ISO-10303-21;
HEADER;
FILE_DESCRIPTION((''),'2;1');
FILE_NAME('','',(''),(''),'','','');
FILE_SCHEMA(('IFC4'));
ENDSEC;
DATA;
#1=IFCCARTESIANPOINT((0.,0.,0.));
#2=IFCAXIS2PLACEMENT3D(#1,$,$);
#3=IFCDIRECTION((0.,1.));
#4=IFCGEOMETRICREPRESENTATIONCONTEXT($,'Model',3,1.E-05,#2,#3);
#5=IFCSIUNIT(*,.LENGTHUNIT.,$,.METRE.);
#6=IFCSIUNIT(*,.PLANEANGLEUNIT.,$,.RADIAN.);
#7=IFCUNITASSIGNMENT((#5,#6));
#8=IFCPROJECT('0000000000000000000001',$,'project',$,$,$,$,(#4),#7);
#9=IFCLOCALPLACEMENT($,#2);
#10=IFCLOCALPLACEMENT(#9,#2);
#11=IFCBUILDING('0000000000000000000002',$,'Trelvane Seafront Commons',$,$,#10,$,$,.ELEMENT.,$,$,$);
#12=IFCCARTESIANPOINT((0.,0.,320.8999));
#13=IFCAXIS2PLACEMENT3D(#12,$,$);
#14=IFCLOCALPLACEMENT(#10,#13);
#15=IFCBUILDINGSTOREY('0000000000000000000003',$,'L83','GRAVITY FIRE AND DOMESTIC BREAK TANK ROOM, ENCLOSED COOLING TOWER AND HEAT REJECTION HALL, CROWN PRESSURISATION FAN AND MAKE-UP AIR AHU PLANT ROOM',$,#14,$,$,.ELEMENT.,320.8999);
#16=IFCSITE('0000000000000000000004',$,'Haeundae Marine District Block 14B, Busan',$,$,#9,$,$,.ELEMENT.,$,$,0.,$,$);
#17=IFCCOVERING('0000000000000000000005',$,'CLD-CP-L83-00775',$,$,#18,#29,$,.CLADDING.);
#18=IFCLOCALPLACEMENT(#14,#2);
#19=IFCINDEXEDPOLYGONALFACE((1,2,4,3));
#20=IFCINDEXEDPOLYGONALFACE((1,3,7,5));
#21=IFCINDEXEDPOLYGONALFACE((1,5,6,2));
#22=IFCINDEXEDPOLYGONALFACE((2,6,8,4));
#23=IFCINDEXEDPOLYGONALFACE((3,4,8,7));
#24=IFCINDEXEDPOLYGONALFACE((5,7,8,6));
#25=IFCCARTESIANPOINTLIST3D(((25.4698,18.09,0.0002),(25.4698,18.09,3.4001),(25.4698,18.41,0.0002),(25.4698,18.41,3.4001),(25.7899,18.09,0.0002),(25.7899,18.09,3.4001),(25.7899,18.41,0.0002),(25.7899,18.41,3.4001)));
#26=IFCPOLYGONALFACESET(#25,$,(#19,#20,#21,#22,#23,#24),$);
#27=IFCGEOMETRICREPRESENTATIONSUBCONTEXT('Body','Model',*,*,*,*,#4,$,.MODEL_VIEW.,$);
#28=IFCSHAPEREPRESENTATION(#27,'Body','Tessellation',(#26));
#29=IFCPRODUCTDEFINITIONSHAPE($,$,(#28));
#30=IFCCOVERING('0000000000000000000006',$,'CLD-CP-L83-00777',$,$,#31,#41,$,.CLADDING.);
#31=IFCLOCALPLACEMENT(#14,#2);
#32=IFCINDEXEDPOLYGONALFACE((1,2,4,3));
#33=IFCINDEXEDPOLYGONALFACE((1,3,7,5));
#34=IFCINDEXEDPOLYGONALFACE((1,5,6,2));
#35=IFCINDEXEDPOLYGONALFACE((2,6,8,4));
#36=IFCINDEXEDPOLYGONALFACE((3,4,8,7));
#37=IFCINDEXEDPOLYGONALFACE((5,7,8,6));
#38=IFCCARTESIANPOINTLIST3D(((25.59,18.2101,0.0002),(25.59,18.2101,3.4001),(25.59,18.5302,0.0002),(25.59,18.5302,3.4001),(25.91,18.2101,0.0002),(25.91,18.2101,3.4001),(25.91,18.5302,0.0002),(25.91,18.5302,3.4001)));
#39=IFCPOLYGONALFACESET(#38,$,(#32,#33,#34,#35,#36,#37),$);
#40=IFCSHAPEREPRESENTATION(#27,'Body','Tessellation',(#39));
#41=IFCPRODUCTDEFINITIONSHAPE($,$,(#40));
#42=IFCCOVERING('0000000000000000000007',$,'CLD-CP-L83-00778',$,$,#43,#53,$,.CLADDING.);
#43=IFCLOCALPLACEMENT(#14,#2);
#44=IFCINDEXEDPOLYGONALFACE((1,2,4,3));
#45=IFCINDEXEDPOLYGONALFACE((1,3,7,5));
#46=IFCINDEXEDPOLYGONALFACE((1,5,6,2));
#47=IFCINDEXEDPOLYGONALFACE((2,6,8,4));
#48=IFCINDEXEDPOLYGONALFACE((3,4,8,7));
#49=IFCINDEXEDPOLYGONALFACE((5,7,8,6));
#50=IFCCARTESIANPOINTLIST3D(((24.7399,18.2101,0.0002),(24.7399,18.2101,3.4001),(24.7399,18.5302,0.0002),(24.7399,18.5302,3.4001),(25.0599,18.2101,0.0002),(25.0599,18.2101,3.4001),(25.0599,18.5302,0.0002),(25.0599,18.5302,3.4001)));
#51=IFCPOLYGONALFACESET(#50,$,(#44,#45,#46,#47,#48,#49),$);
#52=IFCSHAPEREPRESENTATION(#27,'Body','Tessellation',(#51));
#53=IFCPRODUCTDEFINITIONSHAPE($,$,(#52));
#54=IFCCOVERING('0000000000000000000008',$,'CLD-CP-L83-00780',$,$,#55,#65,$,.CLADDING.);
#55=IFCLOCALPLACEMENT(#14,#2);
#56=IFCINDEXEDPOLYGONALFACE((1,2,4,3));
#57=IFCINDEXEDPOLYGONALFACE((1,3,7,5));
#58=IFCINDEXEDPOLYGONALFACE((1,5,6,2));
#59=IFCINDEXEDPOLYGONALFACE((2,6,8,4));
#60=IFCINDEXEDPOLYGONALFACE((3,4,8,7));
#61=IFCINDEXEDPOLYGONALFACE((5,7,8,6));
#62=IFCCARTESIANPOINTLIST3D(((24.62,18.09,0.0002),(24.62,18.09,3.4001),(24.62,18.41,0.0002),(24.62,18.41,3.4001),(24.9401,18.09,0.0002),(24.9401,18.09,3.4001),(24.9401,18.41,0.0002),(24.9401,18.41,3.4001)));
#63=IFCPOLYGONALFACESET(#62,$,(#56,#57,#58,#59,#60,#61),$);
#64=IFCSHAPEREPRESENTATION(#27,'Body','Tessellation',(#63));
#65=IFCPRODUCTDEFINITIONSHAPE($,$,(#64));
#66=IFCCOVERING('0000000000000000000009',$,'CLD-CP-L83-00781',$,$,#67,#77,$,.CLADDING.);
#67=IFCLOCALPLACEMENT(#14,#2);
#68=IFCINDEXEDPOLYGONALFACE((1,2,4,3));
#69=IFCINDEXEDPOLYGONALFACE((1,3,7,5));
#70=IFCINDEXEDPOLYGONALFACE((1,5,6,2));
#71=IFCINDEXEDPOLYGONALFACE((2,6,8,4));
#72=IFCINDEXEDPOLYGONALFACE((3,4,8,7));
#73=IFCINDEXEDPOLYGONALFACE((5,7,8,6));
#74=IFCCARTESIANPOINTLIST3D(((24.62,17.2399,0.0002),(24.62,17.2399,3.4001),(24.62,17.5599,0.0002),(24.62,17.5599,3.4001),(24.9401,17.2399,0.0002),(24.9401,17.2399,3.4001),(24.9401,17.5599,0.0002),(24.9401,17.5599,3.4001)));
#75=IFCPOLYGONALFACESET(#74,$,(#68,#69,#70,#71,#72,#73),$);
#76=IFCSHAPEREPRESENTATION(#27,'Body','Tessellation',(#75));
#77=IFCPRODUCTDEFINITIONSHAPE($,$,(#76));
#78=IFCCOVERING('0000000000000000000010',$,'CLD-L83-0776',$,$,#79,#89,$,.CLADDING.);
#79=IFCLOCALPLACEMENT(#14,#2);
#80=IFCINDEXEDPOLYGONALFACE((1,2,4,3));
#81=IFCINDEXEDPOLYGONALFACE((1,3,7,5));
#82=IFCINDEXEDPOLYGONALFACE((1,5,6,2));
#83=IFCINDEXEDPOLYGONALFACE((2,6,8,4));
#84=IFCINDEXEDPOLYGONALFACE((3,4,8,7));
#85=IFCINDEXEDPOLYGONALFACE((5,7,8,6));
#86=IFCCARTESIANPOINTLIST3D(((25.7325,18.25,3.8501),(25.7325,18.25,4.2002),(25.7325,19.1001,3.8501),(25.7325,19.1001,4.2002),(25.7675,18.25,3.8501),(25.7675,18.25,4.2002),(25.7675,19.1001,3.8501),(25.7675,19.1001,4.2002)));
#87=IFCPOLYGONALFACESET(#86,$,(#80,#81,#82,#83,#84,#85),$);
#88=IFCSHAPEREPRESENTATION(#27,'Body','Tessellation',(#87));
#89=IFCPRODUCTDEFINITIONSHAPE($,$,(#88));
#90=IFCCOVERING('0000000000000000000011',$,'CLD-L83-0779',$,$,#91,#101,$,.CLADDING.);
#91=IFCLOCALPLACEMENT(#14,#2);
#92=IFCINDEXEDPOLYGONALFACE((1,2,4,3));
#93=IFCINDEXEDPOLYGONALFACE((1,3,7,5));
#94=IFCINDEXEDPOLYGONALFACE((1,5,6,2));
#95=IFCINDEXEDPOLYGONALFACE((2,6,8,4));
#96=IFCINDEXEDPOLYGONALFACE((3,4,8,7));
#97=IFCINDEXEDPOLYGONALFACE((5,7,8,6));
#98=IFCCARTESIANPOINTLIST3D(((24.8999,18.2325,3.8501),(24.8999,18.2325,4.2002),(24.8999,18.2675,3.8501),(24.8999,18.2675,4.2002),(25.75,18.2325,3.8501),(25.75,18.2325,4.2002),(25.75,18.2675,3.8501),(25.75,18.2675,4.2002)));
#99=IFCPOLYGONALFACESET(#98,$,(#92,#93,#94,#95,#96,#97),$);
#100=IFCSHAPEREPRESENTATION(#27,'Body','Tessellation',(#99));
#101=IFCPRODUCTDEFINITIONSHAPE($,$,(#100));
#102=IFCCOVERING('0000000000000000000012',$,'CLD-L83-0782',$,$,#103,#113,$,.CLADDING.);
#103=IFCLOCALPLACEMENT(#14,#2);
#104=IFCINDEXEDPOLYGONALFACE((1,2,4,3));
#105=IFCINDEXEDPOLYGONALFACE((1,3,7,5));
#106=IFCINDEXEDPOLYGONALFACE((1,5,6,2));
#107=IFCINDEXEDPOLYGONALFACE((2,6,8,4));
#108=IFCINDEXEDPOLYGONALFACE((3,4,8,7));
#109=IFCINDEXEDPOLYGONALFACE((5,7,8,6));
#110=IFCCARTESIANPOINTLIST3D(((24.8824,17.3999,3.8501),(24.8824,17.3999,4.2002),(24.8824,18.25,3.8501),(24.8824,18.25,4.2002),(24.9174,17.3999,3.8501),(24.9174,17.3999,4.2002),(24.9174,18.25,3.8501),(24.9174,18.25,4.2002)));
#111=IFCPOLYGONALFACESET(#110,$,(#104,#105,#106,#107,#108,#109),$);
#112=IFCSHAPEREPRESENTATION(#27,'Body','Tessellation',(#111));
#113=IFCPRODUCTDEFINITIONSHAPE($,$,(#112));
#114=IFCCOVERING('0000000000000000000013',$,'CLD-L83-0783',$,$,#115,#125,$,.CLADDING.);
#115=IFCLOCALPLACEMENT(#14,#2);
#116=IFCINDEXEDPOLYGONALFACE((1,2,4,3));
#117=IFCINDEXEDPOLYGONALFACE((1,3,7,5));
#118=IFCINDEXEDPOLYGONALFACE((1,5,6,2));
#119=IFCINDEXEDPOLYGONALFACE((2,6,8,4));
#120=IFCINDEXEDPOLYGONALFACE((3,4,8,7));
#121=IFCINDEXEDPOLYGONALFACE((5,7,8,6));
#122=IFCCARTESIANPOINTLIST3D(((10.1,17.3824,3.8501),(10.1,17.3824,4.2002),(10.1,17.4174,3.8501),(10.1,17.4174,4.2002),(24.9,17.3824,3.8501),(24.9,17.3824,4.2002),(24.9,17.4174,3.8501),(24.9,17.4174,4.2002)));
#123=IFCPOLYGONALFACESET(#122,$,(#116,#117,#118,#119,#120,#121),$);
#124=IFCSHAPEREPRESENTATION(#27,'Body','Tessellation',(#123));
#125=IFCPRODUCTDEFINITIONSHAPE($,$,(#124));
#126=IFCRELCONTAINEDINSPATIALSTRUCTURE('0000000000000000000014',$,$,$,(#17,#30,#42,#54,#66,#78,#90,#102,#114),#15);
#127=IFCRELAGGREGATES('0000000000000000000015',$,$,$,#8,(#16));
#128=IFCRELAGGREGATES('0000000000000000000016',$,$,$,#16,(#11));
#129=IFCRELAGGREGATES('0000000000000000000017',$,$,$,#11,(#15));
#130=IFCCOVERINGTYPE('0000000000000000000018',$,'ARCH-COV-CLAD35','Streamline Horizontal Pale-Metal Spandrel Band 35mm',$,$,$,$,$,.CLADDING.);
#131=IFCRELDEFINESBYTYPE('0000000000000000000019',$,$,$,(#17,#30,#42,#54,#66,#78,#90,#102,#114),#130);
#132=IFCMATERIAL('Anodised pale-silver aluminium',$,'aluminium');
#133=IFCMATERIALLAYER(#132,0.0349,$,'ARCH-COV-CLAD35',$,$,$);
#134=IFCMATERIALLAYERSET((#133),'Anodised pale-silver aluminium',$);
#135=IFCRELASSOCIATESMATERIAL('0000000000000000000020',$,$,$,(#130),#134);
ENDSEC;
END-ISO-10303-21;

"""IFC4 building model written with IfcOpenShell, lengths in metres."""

from ifc_helpers import new_model, si_unit, direction, frame, origin, origin_2d, place, context, subcontext, project, spatial, rectangle, extrude, source, transform, mapped, material, layer, layer_set, type_object, element, save


model = new_model("IFC4")

# Units and contexts
model_context = context("Model", 3, precision=1e-05, world=origin(), true_north=direction((0.0, 1.0)))
body_context = subcontext(model_context, "Body", "Model", "MODEL_VIEW")
ifc_project = project(units=[si_unit("LENGTHUNIT", "METRE"), si_unit("PLANEANGLEUNIT", "RADIAN")], contexts=[model_context])

# Site, building, storey
site_placement = place(None, origin())
site = spatial("IfcSite", under=ifc_project, at=site_placement, Name="Haeundae Marine District Block 14B, Busan", CompositionType="ELEMENT", RefElevation=0.0)
building_placement = place(site_placement, origin())
building = spatial("IfcBuilding", under=site, at=building_placement, Name="Trelvane Seafront Commons", CompositionType="ELEMENT")
storey_placement = place(building_placement, frame((0.0, 0.0, 320.8999)))
storey = spatial("IfcBuildingStorey", under=building, at=storey_placement, Name="L83", Description="GRAVITY FIRE AND DOMESTIC BREAK TANK ROOM, ENCLOSED COOLING TOWER AND HEAT REJECTION HALL, CROWN PRESSURISATION FAN AND MAKE-UP AIR AHU PLANT ROOM", CompositionType="ELEMENT", Elevation=320.8999)

# Shared definitions
ifc_material_1 = material(Name="Anodised pale-silver aluminium", Category="aluminium")

# Coverings
ifc_layer_1 = layer(ifc_material_1, 0.0349, Name="ARCH-COV-CLAD35")
ifc_layer_set_1 = layer_set([ifc_layer_1], Name="Anodised pale-silver aluminium")
covering_type = type_object("IfcCoveringType", Name="ARCH-COV-CLAD35", Description="Streamline Horizontal Pale-Metal Spandrel Band 35mm", PredefinedType="CLADDING", material=ifc_layer_set_1)
shared_shape_1 = source(origin(), body_context, "Body", "SweptSolid", [
    extrude(rectangle(XDim=0.3201, YDim=0.3201, at=origin_2d()), origin(), (0.0, 0.0, 1.0), 3.3999),
])
for number, where, z_axis, x_axis, name in (
    (1, (25.6299, 18.25, 0.0002), (0.0, 0.0, 1.0), (1.0, 0.0, 0.0), "CLD-CP-L83-00775"),
    (2, (25.75, 18.3701, 0.0002), (0.0, 0.0, 1.0), (1.0, 0.0, 0.0), "CLD-CP-L83-00777"),
    (3, (24.8999, 18.3701, 0.0002), (0.0, 0.0, 1.0), (1.0, 0.0, 0.0), "CLD-CP-L83-00778"),
    (4, (24.78, 18.25, 0.0002), (0.0, 0.0, 1.0), (1.0, 0.0, 0.0), "CLD-CP-L83-00780"),
    (5, (24.78, 17.3999, 0.0002), (0.0, 0.0, 1.0), (1.0, 0.0, 0.0), "CLD-CP-L83-00781"),
):
    element("IfcCovering", number, at=place(storey_placement, frame(where, z_axis=z_axis, x_axis=x_axis)), inside=storey, type_object=covering_type, Name=name, PredefinedType="CLADDING", context=body_context, shape_type="MappedRepresentation", body=[
        mapped(shared_shape_1, transform((0.0, 0.0, 0.0), x_axis=(1.0, 0.0, 0.0), y_axis=(0.0, 1.0, 0.0), z_axis=(0.0, 0.0, 1.0), scale=1.0)),
    ])
shared_shape_2 = source(origin(), body_context, "Body", "SweptSolid", [
    extrude(rectangle(XDim=0.8501, YDim=0.0349, at=origin_2d()), origin(), (0.0, 0.0, 1.0), 0.3501),
])
for number, where, z_axis, x_axis, name in (
    (6, (25.75, 18.675, 3.8501), (0.0, 0.0, 1.0), (0.0, -1.0, 0.0), "CLD-L83-0776"),
    (7, (25.325, 18.25, 3.8501), (0.0, 0.0, 1.0), (-1.0, 0.0, 0.0), "CLD-L83-0779"),
    (8, (24.8999, 17.825, 3.8501), (0.0, 0.0, 1.0), (0.0, -1.0, 0.0), "CLD-L83-0782"),
):
    element("IfcCovering", number, at=place(storey_placement, frame(where, z_axis=z_axis, x_axis=x_axis)), inside=storey, type_object=covering_type, Name=name, PredefinedType="CLADDING", context=body_context, shape_type="MappedRepresentation", body=[
        mapped(shared_shape_2, transform((0.0, 0.0, 0.0), x_axis=(1.0, 0.0, 0.0), y_axis=(0.0, 1.0, 0.0), z_axis=(0.0, 0.0, 1.0), scale=1.0)),
    ])
shared_shape_3 = source(origin(), body_context, "Body", "SweptSolid", [
    extrude(rectangle(XDim=14.8, YDim=0.0349, at=origin_2d()), origin(), (0.0, 0.0, 1.0), 0.3501),
])
covering_placement = place(storey_placement, frame((17.5, 17.3999, 3.8501), z_axis=(0.0, 0.0, 1.0), x_axis=(-1.0, 0.0, 0.0)))
element("IfcCovering", 9, at=covering_placement, inside=storey, type_object=covering_type, Name="CLD-L83-0783", PredefinedType="CLADDING", context=body_context, shape_type="MappedRepresentation", body=[
    mapped(shared_shape_3, transform((0.0, 0.0, 0.0), x_axis=(1.0, 0.0, 0.0), y_axis=(0.0, 1.0, 0.0), z_axis=(0.0, 0.0, 1.0), scale=1.0)),
])

save(model, "model.ifc")
